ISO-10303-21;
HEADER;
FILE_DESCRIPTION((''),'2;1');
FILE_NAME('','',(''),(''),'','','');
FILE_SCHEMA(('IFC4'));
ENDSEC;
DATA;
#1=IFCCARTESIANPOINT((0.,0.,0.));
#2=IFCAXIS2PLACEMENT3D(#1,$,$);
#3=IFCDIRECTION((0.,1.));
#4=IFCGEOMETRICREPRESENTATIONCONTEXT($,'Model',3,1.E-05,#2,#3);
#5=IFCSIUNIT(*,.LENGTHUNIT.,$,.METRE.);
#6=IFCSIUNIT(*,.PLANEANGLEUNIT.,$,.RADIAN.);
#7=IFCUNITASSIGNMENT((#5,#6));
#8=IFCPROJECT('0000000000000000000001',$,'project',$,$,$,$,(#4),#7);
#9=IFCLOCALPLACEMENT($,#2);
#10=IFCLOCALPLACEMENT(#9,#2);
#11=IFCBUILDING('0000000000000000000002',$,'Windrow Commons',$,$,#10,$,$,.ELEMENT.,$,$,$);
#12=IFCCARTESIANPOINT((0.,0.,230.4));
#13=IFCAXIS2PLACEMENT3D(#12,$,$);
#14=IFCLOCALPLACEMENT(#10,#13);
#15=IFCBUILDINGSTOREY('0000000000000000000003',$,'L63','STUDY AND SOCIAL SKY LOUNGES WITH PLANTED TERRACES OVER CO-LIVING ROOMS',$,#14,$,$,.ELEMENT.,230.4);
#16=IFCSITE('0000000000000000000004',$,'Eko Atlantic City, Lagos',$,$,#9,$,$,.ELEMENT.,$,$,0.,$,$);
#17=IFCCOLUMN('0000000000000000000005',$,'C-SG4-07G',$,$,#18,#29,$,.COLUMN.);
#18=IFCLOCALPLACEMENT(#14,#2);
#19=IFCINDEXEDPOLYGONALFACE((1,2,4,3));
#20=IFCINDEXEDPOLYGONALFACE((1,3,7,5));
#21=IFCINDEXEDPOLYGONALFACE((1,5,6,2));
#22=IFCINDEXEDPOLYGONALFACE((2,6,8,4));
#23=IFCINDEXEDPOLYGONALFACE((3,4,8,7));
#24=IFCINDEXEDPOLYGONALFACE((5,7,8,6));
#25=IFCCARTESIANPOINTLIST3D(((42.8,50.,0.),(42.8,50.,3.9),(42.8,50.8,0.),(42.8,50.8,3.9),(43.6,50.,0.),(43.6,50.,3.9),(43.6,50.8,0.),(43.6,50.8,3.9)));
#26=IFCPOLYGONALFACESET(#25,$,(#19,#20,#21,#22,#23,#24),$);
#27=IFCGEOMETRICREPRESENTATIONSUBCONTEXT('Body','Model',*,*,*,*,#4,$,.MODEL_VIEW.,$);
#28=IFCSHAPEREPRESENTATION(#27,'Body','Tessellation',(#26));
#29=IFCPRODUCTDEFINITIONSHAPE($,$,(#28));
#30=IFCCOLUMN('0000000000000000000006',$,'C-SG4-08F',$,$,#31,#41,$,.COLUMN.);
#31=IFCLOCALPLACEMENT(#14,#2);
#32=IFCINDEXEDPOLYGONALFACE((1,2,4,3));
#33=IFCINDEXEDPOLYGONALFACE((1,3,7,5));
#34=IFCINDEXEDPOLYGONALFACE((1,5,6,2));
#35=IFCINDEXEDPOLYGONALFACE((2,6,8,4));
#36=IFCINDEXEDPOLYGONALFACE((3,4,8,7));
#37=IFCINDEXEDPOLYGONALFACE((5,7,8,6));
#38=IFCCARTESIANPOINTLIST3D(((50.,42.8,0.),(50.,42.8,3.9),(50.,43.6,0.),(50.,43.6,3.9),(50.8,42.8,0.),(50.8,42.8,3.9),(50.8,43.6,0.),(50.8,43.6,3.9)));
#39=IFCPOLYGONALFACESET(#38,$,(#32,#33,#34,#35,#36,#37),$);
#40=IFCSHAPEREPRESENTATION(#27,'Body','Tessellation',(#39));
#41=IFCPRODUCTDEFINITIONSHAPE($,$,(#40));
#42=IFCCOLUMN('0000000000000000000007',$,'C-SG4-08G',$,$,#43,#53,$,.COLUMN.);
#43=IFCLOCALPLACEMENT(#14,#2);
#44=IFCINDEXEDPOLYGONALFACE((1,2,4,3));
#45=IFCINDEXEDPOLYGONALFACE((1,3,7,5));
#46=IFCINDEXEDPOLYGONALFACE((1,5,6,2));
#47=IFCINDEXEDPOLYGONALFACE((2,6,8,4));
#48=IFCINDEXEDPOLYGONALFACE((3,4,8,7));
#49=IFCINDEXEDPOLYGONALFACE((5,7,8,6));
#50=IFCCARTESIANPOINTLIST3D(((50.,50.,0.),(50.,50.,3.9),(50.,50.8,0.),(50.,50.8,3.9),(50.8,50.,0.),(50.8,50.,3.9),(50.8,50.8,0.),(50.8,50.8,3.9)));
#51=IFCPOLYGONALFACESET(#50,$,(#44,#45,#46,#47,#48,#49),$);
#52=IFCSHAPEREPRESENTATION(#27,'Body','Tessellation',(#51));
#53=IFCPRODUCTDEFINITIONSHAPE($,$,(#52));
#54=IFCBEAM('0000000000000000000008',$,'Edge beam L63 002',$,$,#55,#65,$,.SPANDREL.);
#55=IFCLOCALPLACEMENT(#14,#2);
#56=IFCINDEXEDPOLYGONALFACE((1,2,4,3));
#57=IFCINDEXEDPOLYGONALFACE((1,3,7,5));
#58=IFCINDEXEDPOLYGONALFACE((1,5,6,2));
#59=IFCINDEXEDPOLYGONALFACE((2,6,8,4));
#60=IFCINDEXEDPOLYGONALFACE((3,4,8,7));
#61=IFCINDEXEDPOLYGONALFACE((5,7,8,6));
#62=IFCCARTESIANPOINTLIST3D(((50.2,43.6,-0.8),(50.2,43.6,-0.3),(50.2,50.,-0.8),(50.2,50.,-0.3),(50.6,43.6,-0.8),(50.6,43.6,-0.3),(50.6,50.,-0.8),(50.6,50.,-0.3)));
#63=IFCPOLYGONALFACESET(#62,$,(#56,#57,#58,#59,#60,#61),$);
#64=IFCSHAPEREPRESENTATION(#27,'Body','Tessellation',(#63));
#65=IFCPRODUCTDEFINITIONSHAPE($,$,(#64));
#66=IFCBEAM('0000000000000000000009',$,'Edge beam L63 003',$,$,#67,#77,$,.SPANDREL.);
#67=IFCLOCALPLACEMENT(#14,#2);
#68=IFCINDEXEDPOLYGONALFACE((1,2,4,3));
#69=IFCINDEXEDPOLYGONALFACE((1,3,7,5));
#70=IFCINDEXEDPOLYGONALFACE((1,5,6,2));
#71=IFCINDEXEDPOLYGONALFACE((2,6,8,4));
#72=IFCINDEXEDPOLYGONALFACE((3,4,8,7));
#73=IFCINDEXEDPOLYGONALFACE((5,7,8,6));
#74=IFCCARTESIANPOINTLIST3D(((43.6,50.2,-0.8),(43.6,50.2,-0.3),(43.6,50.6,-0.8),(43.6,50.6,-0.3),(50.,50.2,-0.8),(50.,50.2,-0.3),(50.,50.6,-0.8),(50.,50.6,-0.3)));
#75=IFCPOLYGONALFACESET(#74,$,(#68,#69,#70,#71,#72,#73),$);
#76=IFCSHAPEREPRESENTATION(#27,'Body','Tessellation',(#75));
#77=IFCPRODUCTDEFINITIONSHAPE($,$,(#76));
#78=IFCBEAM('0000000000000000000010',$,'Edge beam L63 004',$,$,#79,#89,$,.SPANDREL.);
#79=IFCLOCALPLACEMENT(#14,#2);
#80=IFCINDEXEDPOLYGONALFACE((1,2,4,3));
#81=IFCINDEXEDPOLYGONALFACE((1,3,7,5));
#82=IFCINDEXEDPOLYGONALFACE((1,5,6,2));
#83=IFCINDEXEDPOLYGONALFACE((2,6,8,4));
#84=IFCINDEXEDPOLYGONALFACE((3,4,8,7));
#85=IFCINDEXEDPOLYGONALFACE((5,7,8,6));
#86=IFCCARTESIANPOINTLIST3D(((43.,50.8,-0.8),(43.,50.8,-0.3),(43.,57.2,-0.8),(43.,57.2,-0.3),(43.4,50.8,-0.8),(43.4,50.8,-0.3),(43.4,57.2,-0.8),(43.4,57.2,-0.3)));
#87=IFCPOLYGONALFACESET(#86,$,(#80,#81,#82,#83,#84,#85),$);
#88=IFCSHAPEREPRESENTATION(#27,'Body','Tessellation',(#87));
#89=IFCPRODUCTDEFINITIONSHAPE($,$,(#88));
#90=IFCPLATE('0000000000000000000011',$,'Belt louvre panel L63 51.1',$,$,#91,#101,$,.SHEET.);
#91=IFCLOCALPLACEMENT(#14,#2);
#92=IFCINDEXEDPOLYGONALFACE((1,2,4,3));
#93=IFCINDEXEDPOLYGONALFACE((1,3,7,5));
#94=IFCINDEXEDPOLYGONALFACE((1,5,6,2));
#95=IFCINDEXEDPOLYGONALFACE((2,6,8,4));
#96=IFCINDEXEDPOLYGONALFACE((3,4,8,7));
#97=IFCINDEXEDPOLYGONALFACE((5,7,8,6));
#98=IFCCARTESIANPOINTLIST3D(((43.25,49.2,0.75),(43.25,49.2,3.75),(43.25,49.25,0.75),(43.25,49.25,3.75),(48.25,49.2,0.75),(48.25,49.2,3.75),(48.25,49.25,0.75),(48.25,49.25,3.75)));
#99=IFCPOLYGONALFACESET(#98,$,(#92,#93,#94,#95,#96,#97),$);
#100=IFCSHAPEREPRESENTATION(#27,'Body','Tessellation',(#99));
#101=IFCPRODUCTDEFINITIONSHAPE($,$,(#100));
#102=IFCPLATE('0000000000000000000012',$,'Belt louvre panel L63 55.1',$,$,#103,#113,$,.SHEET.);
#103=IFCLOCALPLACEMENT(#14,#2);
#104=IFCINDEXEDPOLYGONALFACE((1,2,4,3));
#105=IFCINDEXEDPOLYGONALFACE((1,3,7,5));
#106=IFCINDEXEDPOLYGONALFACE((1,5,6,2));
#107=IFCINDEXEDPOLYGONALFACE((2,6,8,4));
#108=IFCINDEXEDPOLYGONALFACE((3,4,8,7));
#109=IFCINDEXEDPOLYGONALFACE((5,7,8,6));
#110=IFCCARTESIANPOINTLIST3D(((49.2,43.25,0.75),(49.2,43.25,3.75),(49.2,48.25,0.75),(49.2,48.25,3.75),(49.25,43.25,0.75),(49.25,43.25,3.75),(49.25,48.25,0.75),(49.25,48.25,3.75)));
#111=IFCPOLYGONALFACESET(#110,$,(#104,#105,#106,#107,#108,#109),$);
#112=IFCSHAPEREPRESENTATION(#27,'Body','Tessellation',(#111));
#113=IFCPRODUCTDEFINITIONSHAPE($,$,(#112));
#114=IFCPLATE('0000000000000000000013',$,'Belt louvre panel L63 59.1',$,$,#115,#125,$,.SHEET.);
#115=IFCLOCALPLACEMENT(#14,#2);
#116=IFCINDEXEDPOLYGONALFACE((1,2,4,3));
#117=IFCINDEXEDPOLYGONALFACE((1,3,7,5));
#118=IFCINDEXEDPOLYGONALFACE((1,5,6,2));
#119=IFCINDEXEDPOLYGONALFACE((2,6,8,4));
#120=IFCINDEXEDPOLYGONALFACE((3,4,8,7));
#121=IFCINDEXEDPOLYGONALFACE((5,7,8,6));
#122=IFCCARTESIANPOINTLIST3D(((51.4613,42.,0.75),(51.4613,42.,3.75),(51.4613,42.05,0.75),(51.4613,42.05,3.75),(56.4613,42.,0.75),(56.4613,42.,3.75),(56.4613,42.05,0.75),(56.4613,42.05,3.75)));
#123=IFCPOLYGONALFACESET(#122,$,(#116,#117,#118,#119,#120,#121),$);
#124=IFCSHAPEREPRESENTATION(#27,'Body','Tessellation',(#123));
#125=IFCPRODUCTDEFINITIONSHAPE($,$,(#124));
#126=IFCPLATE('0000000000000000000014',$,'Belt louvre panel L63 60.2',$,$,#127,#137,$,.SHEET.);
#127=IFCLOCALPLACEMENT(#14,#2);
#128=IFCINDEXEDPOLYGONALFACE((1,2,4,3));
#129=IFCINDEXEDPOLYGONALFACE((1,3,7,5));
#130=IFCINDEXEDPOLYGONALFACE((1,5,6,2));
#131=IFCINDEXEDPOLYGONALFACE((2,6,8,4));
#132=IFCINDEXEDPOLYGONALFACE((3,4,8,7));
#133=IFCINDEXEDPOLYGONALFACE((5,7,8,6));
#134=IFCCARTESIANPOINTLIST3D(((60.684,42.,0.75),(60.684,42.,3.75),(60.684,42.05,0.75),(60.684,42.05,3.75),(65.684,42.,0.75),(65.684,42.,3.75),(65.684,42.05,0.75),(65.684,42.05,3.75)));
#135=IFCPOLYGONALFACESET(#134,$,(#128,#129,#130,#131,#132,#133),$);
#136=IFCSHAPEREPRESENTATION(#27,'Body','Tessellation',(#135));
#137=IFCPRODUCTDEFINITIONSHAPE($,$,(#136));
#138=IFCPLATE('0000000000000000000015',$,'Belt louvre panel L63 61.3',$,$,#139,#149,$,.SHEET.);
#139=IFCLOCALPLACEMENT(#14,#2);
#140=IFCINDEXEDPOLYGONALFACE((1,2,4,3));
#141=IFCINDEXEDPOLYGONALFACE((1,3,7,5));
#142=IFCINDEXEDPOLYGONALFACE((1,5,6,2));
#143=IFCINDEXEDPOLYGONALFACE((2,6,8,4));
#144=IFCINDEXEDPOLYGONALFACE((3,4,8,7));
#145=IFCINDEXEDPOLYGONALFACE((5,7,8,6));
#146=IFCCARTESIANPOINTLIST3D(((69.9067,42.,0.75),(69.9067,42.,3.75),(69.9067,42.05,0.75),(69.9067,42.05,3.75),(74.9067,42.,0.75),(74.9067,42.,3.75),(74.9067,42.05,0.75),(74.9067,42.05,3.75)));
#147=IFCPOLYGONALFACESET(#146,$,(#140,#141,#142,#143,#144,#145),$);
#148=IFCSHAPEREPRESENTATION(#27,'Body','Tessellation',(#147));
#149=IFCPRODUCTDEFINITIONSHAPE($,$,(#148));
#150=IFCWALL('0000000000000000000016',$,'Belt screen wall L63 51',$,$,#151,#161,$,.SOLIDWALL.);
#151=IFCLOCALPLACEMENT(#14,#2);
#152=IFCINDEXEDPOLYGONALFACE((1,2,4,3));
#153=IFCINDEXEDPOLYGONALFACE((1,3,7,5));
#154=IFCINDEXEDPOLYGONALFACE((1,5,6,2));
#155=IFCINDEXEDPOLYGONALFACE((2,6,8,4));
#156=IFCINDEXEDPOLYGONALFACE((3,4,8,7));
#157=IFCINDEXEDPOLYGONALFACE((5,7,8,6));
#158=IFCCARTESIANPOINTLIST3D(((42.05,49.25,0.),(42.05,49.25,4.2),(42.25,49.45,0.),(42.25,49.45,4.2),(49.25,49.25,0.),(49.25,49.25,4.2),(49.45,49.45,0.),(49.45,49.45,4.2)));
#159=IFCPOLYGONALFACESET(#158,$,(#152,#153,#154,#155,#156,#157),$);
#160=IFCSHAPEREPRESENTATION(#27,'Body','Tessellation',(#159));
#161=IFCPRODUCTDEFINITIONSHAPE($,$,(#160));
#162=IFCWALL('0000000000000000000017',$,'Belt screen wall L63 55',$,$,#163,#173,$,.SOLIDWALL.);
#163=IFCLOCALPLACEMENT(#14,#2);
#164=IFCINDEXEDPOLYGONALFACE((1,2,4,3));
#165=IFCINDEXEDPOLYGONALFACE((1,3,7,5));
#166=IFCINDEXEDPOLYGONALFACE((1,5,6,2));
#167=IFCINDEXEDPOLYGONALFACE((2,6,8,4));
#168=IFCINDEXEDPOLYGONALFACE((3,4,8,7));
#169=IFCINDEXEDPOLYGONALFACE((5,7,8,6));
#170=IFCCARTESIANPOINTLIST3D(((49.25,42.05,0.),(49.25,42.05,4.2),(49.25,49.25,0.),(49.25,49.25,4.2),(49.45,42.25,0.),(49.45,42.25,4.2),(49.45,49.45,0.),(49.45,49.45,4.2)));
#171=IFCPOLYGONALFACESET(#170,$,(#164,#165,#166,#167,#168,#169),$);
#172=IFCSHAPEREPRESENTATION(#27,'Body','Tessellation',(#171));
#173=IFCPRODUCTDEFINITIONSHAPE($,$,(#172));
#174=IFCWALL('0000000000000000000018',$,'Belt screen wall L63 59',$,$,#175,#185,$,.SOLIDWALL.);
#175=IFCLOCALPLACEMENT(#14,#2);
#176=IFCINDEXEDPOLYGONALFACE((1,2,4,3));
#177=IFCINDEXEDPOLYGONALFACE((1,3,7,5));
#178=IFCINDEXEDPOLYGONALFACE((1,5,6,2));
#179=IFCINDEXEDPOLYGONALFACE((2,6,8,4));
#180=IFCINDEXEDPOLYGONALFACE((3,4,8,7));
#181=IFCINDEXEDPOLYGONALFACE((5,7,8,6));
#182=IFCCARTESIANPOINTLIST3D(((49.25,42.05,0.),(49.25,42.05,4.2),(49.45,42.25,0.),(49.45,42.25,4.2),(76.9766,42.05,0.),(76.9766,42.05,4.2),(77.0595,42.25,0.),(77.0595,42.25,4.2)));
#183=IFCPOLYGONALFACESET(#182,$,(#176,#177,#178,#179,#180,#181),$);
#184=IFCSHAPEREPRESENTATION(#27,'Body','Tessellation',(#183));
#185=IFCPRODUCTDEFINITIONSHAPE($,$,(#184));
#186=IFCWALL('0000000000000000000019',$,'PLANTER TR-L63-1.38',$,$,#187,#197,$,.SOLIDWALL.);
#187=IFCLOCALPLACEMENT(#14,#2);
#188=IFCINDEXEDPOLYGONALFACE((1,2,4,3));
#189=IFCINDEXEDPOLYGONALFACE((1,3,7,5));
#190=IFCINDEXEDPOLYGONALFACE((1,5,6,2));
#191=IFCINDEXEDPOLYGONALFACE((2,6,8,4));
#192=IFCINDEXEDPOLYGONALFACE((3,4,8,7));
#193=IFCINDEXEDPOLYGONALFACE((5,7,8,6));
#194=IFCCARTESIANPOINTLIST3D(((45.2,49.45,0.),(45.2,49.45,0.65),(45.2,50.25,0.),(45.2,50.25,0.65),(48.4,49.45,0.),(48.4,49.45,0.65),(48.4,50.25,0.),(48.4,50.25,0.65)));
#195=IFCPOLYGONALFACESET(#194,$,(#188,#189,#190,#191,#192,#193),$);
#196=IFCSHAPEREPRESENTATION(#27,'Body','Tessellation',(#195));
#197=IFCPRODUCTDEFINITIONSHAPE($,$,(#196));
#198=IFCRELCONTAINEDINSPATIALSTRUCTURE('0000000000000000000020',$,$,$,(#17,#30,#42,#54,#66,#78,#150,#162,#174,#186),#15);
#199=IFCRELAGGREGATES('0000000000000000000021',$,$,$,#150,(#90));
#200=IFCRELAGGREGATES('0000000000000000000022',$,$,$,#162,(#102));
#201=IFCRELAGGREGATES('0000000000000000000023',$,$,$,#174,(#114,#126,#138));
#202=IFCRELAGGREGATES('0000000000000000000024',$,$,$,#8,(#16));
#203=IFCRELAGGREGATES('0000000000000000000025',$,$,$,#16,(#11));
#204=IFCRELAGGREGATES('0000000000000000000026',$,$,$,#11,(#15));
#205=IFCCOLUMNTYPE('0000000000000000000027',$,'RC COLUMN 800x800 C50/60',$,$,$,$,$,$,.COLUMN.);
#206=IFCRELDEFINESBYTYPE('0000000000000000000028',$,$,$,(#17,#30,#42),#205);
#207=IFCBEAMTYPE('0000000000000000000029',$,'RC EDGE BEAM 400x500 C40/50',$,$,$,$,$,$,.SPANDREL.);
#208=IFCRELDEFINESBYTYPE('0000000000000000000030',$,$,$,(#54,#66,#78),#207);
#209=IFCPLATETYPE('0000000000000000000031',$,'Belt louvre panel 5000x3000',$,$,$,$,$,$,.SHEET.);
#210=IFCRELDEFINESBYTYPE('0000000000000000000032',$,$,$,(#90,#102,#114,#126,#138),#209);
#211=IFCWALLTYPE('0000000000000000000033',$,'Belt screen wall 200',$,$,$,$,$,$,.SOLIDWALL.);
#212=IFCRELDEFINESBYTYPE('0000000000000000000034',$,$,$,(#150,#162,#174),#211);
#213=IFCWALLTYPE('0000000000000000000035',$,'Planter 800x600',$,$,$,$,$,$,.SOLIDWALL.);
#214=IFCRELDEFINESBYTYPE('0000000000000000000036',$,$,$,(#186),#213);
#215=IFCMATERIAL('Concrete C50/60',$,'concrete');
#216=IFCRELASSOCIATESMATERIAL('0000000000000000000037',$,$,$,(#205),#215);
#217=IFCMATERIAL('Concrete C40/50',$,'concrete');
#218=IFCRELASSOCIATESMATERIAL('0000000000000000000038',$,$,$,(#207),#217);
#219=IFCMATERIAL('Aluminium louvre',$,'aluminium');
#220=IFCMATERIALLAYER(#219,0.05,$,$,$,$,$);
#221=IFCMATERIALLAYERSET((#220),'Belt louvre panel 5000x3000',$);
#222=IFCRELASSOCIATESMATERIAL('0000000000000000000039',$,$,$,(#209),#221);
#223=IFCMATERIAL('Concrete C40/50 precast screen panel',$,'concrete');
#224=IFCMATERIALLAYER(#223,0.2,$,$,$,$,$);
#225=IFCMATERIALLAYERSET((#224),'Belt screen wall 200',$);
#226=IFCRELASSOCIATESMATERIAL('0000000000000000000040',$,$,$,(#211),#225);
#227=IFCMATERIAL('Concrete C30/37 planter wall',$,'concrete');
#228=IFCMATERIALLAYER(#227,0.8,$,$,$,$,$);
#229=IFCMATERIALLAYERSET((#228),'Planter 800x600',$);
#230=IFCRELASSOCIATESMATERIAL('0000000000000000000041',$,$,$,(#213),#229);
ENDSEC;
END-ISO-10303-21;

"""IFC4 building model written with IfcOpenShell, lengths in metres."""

from ifc_helpers import new_model, si_unit, direction, frame, frame_2d, origin, origin_2d, place, context, subcontext, project, spatial, polyline, rectangle, outline, extrude, material, layer, layer_set, material_profile, profile_set, type_object, element, aggregate, save


model = new_model("IFC4")

# Units and contexts
model_context = context("Model", 3, precision=1e-05, world=origin(), true_north=direction((0.0, 1.0)))
body_context = subcontext(model_context, "Body", "Model", "MODEL_VIEW")
ifc_project = project(units=[si_unit("LENGTHUNIT", "METRE"), si_unit("PLANEANGLEUNIT", "RADIAN")], contexts=[model_context])

# Site, building, storey
site_placement = place(None, origin())
site = spatial("IfcSite", under=ifc_project, at=site_placement, Name="Eko Atlantic City, Lagos", CompositionType="ELEMENT", RefElevation=0.0)
building_placement = place(site_placement, origin())
building = spatial("IfcBuilding", under=site, at=building_placement, Name="Windrow Commons", CompositionType="ELEMENT")
storey_placement = place(building_placement, frame((0.0, 0.0, 230.4)))
storey = spatial("IfcBuildingStorey", under=building, at=storey_placement, Name="L63", Description="STUDY AND SOCIAL SKY LOUNGES WITH PLANTED TERRACES OVER CO-LIVING ROOMS", CompositionType="ELEMENT", Elevation=230.4)

# Columns
ifc_material_1 = material(Name="Concrete C50/60", Category="concrete")
ifc_material_profile_1 = material_profile(ifc_material_1, rectangle(XDim=0.8, YDim=0.8, at=origin_2d()))
ifc_profile_set_1 = profile_set([ifc_material_profile_1], Name="Concrete C50/60")
column_type = type_object("IfcColumnType", Name="RC COLUMN 800x800 C50/60", PredefinedType="COLUMN", material=ifc_profile_set_1)
for number, where, z_axis, x_axis, name in (
    (1, (43.2, 50.4, 0.0), (0.0, 0.0, 1.0), (1.0, 0.0, 0.0), "C-SG4-07G"),
    (2, (50.4, 43.2, 0.0), (0.0, 0.0, 1.0), (1.0, 0.0, 0.0), "C-SG4-08F"),
    (3, (50.4, 50.4, 0.0), (0.0, 0.0, 1.0), (1.0, 0.0, 0.0), "C-SG4-08G"),
):
    element("IfcColumn", number, at=place(storey_placement, frame(where, z_axis=z_axis, x_axis=x_axis)), inside=storey, type_object=column_type, Name=name, PredefinedType="COLUMN", context=body_context, shape_type="SweptSolid", body=[
        extrude(rectangle(XDim=0.8, YDim=0.8, at=origin_2d()), origin(), (0.0, 0.0, 1.0), 3.9),
    ])

# Beams
ifc_material_2 = material(Name="Concrete C40/50", Category="concrete")
ifc_material_profile_2 = material_profile(ifc_material_2, rectangle(XDim=0.4, YDim=0.5, at=origin_2d()))
ifc_profile_set_2 = profile_set([ifc_material_profile_2], Name="Concrete C40/50")
beam_type = type_object("IfcBeamType", Name="RC EDGE BEAM 400x500 C40/50", PredefinedType="SPANDREL", material=ifc_profile_set_2)
for number, where, z_axis, x_axis, name in (
    (4, (50.4, 43.6, -0.55), (0.0, 1.0, 0.0), (-1.0, 0.0, 0.0), "Edge beam L63 002"),
    (5, (50.0, 50.4, -0.55), (-1.0, 0.0, 0.0), (0.0, -1.0, 0.0), "Edge beam L63 003"),
    (6, (43.2, 50.8, -0.55), (0.0, 1.0, 0.0), (-1.0, 0.0, 0.0), "Edge beam L63 004"),
):
    element("IfcBeam", number, at=place(storey_placement, frame(where, z_axis=z_axis, x_axis=x_axis)), inside=storey, type_object=beam_type, Name=name, PredefinedType="SPANDREL", context=body_context, shape_type="SweptSolid", body=[
        extrude(rectangle(XDim=0.4, YDim=0.5, at=origin_2d()), origin(), (0.0, 0.0, 1.0), 6.4),
    ])

# Plates
ifc_material_3 = material(Name="Aluminium louvre", Category="aluminium")
ifc_layer_1 = layer(ifc_material_3, 0.05)
ifc_layer_set_1 = layer_set([ifc_layer_1], Name="Belt louvre panel 5000x3000")
plate_type = type_object("IfcPlateType", Name="Belt louvre panel 5000x3000", PredefinedType="SHEET", material=ifc_layer_set_1)
plate_1_placement = place(storey_placement, frame((43.25, 49.2, 0.75), z_axis=(0.0, -1.0, 0.0), x_axis=(1.0, 0.0, 0.0)))
plate_1 = element("IfcPlate", 7, at=plate_1_placement, type_object=plate_type, Name="Belt louvre panel L63 51.1", PredefinedType="SHEET", context=body_context, shape_type="SweptSolid", body=[
    extrude(outline(polyline([(0.0, 0.0), (5.0, 0.0), (5.0, 3.0), (0.0, 3.0), (0.0, 0.0)])), origin(), (0.0, 0.0, -1.0), 0.05),
])
plate_2_placement = place(storey_placement, frame((49.2, 48.25, 0.75), z_axis=(-1.0, 0.0, 0.0), x_axis=(0.0, -1.0, 0.0)))
plate_2 = element("IfcPlate", 8, at=plate_2_placement, type_object=plate_type, Name="Belt louvre panel L63 55.1", PredefinedType="SHEET", context=body_context, shape_type="SweptSolid", body=[
    extrude(outline(polyline([(0.0, 0.0), (5.0, 0.0), (5.0, 3.0), (0.0, 3.0), (0.0, 0.0)])), origin(), (0.0, 0.0, -1.0), 0.05),
])
plate_3_placement = place(storey_placement, frame((51.4613, 42.0, 0.75), z_axis=(0.0, -1.0, 0.0), x_axis=(1.0, 0.0, 0.0)))
plate_3 = element("IfcPlate", 9, at=plate_3_placement, type_object=plate_type, Name="Belt louvre panel L63 59.1", PredefinedType="SHEET", context=body_context, shape_type="SweptSolid", body=[
    extrude(outline(polyline([(0.0, 0.0), (5.0, 0.0), (5.0, 3.0), (0.0, 3.0), (0.0, 0.0)])), origin(), (0.0, 0.0, -1.0), 0.05),
])
plate_4_placement = place(storey_placement, frame((60.684, 42.0, 0.75), z_axis=(0.0, -1.0, 0.0), x_axis=(1.0, 0.0, 0.0)))
plate_4 = element("IfcPlate", 10, at=plate_4_placement, type_object=plate_type, Name="Belt louvre panel L63 60.2", PredefinedType="SHEET", context=body_context, shape_type="SweptSolid", body=[
    extrude(outline(polyline([(0.0, 0.0), (5.0, 0.0), (5.0, 3.0), (0.0, 3.0), (0.0, 0.0)])), origin(), (0.0, 0.0, -1.0), 0.05),
])
plate_5_placement = place(storey_placement, frame((69.9067, 42.0, 0.75), z_axis=(0.0, -1.0, 0.0), x_axis=(1.0, 0.0, 0.0)))
plate_5 = element("IfcPlate", 11, at=plate_5_placement, type_object=plate_type, Name="Belt louvre panel L63 61.3", PredefinedType="SHEET", context=body_context, shape_type="SweptSolid", body=[
    extrude(outline(polyline([(0.0, 0.0), (5.0, 0.0), (5.0, 3.0), (0.0, 3.0), (0.0, 0.0)])), origin(), (0.0, 0.0, -1.0), 0.05),
])

# Walls
ifc_material_4 = material(Name="Concrete C40/50 precast screen panel", Category="concrete")
ifc_layer_2 = layer(ifc_material_4, 0.2)
ifc_layer_set_2 = layer_set([ifc_layer_2], Name="Belt screen wall 200")
wall_type_1 = type_object("IfcWallType", Name="Belt screen wall 200", PredefinedType="SOLIDWALL", material=ifc_layer_set_2)
wall_1_placement = place(storey_placement, frame((42.15, 49.35, 0.0), z_axis=(0.0, 0.0, 1.0), x_axis=(1.0, 0.0, 0.0)))
wall_1 = element("IfcWall", 12, at=wall_1_placement, inside=storey, type_object=wall_type_1, Name="Belt screen wall L63 51", PredefinedType="SOLIDWALL", context=body_context, shape_type="SweptSolid", body=[
    extrude(outline(polyline([(-0.1, -0.1), (7.1, -0.1), (7.3, 0.1), (0.1, 0.1), (-0.1, -0.1)])), origin(), (0.0, 0.0, 1.0), 4.2),
])
aggregate(wall_1, [plate_1])
wall_2_placement = place(storey_placement, frame((49.35, 49.35, 0.0), z_axis=(0.0, 0.0, 1.0), x_axis=(0.0, -1.0, 0.0)))
wall_2 = element("IfcWall", 13, at=wall_2_placement, inside=storey, type_object=wall_type_1, Name="Belt screen wall L63 55", PredefinedType="SOLIDWALL", context=body_context, shape_type="SweptSolid", body=[
    extrude(outline(polyline([(0.1, -0.1), (7.3, -0.1), (7.1, 0.1), (-0.1, 0.1), (0.1, -0.1)])), origin(), (0.0, 0.0, 1.0), 4.2),
])
aggregate(wall_2, [plate_2])
wall_3_placement = place(storey_placement, frame((49.35, 42.15, 0.0), z_axis=(0.0, 0.0, 1.0), x_axis=(1.0, 0.0, 0.0)))
wall_3 = element("IfcWall", 14, at=wall_3_placement, inside=storey, type_object=wall_type_1, Name="Belt screen wall L63 59", PredefinedType="SOLIDWALL", context=body_context, shape_type="SweptSolid", body=[
    extrude(outline(polyline([(-0.1, -0.1), (27.6266, -0.1), (27.7095, 0.1), (0.1, 0.1), (-0.1, -0.1)])), origin(), (0.0, 0.0, 1.0), 4.2),
])
aggregate(wall_3, [plate_3, plate_4, plate_5])

# Wall
ifc_material_5 = material(Name="Concrete C30/37 planter wall", Category="concrete")
ifc_layer_3 = layer(ifc_material_5, 0.8)
ifc_layer_set_3 = layer_set([ifc_layer_3], Name="Planter 800x600")
wall_type_2 = type_object("IfcWallType", Name="Planter 800x600", PredefinedType="SOLIDWALL", material=ifc_layer_set_3)
for number, where, z_axis, x_axis, name in (
    (15, (45.2, 49.85, 0.0), (0.0, 0.0, 1.0), (1.0, 0.0, 0.0), "PLANTER TR-L63-1.38"),
):
    element("IfcWall", number, at=place(storey_placement, frame(where, z_axis=z_axis, x_axis=x_axis)), inside=storey, type_object=wall_type_2, Name=name, PredefinedType="SOLIDWALL", context=body_context, shape_type="SweptSolid", body=[
        extrude(rectangle(XDim=3.2, YDim=0.8, at=frame_2d((1.6, 0.0))), origin(), (0.0, 0.0, 1.0), 0.65),
    ])

save(model, "model.ifc")
